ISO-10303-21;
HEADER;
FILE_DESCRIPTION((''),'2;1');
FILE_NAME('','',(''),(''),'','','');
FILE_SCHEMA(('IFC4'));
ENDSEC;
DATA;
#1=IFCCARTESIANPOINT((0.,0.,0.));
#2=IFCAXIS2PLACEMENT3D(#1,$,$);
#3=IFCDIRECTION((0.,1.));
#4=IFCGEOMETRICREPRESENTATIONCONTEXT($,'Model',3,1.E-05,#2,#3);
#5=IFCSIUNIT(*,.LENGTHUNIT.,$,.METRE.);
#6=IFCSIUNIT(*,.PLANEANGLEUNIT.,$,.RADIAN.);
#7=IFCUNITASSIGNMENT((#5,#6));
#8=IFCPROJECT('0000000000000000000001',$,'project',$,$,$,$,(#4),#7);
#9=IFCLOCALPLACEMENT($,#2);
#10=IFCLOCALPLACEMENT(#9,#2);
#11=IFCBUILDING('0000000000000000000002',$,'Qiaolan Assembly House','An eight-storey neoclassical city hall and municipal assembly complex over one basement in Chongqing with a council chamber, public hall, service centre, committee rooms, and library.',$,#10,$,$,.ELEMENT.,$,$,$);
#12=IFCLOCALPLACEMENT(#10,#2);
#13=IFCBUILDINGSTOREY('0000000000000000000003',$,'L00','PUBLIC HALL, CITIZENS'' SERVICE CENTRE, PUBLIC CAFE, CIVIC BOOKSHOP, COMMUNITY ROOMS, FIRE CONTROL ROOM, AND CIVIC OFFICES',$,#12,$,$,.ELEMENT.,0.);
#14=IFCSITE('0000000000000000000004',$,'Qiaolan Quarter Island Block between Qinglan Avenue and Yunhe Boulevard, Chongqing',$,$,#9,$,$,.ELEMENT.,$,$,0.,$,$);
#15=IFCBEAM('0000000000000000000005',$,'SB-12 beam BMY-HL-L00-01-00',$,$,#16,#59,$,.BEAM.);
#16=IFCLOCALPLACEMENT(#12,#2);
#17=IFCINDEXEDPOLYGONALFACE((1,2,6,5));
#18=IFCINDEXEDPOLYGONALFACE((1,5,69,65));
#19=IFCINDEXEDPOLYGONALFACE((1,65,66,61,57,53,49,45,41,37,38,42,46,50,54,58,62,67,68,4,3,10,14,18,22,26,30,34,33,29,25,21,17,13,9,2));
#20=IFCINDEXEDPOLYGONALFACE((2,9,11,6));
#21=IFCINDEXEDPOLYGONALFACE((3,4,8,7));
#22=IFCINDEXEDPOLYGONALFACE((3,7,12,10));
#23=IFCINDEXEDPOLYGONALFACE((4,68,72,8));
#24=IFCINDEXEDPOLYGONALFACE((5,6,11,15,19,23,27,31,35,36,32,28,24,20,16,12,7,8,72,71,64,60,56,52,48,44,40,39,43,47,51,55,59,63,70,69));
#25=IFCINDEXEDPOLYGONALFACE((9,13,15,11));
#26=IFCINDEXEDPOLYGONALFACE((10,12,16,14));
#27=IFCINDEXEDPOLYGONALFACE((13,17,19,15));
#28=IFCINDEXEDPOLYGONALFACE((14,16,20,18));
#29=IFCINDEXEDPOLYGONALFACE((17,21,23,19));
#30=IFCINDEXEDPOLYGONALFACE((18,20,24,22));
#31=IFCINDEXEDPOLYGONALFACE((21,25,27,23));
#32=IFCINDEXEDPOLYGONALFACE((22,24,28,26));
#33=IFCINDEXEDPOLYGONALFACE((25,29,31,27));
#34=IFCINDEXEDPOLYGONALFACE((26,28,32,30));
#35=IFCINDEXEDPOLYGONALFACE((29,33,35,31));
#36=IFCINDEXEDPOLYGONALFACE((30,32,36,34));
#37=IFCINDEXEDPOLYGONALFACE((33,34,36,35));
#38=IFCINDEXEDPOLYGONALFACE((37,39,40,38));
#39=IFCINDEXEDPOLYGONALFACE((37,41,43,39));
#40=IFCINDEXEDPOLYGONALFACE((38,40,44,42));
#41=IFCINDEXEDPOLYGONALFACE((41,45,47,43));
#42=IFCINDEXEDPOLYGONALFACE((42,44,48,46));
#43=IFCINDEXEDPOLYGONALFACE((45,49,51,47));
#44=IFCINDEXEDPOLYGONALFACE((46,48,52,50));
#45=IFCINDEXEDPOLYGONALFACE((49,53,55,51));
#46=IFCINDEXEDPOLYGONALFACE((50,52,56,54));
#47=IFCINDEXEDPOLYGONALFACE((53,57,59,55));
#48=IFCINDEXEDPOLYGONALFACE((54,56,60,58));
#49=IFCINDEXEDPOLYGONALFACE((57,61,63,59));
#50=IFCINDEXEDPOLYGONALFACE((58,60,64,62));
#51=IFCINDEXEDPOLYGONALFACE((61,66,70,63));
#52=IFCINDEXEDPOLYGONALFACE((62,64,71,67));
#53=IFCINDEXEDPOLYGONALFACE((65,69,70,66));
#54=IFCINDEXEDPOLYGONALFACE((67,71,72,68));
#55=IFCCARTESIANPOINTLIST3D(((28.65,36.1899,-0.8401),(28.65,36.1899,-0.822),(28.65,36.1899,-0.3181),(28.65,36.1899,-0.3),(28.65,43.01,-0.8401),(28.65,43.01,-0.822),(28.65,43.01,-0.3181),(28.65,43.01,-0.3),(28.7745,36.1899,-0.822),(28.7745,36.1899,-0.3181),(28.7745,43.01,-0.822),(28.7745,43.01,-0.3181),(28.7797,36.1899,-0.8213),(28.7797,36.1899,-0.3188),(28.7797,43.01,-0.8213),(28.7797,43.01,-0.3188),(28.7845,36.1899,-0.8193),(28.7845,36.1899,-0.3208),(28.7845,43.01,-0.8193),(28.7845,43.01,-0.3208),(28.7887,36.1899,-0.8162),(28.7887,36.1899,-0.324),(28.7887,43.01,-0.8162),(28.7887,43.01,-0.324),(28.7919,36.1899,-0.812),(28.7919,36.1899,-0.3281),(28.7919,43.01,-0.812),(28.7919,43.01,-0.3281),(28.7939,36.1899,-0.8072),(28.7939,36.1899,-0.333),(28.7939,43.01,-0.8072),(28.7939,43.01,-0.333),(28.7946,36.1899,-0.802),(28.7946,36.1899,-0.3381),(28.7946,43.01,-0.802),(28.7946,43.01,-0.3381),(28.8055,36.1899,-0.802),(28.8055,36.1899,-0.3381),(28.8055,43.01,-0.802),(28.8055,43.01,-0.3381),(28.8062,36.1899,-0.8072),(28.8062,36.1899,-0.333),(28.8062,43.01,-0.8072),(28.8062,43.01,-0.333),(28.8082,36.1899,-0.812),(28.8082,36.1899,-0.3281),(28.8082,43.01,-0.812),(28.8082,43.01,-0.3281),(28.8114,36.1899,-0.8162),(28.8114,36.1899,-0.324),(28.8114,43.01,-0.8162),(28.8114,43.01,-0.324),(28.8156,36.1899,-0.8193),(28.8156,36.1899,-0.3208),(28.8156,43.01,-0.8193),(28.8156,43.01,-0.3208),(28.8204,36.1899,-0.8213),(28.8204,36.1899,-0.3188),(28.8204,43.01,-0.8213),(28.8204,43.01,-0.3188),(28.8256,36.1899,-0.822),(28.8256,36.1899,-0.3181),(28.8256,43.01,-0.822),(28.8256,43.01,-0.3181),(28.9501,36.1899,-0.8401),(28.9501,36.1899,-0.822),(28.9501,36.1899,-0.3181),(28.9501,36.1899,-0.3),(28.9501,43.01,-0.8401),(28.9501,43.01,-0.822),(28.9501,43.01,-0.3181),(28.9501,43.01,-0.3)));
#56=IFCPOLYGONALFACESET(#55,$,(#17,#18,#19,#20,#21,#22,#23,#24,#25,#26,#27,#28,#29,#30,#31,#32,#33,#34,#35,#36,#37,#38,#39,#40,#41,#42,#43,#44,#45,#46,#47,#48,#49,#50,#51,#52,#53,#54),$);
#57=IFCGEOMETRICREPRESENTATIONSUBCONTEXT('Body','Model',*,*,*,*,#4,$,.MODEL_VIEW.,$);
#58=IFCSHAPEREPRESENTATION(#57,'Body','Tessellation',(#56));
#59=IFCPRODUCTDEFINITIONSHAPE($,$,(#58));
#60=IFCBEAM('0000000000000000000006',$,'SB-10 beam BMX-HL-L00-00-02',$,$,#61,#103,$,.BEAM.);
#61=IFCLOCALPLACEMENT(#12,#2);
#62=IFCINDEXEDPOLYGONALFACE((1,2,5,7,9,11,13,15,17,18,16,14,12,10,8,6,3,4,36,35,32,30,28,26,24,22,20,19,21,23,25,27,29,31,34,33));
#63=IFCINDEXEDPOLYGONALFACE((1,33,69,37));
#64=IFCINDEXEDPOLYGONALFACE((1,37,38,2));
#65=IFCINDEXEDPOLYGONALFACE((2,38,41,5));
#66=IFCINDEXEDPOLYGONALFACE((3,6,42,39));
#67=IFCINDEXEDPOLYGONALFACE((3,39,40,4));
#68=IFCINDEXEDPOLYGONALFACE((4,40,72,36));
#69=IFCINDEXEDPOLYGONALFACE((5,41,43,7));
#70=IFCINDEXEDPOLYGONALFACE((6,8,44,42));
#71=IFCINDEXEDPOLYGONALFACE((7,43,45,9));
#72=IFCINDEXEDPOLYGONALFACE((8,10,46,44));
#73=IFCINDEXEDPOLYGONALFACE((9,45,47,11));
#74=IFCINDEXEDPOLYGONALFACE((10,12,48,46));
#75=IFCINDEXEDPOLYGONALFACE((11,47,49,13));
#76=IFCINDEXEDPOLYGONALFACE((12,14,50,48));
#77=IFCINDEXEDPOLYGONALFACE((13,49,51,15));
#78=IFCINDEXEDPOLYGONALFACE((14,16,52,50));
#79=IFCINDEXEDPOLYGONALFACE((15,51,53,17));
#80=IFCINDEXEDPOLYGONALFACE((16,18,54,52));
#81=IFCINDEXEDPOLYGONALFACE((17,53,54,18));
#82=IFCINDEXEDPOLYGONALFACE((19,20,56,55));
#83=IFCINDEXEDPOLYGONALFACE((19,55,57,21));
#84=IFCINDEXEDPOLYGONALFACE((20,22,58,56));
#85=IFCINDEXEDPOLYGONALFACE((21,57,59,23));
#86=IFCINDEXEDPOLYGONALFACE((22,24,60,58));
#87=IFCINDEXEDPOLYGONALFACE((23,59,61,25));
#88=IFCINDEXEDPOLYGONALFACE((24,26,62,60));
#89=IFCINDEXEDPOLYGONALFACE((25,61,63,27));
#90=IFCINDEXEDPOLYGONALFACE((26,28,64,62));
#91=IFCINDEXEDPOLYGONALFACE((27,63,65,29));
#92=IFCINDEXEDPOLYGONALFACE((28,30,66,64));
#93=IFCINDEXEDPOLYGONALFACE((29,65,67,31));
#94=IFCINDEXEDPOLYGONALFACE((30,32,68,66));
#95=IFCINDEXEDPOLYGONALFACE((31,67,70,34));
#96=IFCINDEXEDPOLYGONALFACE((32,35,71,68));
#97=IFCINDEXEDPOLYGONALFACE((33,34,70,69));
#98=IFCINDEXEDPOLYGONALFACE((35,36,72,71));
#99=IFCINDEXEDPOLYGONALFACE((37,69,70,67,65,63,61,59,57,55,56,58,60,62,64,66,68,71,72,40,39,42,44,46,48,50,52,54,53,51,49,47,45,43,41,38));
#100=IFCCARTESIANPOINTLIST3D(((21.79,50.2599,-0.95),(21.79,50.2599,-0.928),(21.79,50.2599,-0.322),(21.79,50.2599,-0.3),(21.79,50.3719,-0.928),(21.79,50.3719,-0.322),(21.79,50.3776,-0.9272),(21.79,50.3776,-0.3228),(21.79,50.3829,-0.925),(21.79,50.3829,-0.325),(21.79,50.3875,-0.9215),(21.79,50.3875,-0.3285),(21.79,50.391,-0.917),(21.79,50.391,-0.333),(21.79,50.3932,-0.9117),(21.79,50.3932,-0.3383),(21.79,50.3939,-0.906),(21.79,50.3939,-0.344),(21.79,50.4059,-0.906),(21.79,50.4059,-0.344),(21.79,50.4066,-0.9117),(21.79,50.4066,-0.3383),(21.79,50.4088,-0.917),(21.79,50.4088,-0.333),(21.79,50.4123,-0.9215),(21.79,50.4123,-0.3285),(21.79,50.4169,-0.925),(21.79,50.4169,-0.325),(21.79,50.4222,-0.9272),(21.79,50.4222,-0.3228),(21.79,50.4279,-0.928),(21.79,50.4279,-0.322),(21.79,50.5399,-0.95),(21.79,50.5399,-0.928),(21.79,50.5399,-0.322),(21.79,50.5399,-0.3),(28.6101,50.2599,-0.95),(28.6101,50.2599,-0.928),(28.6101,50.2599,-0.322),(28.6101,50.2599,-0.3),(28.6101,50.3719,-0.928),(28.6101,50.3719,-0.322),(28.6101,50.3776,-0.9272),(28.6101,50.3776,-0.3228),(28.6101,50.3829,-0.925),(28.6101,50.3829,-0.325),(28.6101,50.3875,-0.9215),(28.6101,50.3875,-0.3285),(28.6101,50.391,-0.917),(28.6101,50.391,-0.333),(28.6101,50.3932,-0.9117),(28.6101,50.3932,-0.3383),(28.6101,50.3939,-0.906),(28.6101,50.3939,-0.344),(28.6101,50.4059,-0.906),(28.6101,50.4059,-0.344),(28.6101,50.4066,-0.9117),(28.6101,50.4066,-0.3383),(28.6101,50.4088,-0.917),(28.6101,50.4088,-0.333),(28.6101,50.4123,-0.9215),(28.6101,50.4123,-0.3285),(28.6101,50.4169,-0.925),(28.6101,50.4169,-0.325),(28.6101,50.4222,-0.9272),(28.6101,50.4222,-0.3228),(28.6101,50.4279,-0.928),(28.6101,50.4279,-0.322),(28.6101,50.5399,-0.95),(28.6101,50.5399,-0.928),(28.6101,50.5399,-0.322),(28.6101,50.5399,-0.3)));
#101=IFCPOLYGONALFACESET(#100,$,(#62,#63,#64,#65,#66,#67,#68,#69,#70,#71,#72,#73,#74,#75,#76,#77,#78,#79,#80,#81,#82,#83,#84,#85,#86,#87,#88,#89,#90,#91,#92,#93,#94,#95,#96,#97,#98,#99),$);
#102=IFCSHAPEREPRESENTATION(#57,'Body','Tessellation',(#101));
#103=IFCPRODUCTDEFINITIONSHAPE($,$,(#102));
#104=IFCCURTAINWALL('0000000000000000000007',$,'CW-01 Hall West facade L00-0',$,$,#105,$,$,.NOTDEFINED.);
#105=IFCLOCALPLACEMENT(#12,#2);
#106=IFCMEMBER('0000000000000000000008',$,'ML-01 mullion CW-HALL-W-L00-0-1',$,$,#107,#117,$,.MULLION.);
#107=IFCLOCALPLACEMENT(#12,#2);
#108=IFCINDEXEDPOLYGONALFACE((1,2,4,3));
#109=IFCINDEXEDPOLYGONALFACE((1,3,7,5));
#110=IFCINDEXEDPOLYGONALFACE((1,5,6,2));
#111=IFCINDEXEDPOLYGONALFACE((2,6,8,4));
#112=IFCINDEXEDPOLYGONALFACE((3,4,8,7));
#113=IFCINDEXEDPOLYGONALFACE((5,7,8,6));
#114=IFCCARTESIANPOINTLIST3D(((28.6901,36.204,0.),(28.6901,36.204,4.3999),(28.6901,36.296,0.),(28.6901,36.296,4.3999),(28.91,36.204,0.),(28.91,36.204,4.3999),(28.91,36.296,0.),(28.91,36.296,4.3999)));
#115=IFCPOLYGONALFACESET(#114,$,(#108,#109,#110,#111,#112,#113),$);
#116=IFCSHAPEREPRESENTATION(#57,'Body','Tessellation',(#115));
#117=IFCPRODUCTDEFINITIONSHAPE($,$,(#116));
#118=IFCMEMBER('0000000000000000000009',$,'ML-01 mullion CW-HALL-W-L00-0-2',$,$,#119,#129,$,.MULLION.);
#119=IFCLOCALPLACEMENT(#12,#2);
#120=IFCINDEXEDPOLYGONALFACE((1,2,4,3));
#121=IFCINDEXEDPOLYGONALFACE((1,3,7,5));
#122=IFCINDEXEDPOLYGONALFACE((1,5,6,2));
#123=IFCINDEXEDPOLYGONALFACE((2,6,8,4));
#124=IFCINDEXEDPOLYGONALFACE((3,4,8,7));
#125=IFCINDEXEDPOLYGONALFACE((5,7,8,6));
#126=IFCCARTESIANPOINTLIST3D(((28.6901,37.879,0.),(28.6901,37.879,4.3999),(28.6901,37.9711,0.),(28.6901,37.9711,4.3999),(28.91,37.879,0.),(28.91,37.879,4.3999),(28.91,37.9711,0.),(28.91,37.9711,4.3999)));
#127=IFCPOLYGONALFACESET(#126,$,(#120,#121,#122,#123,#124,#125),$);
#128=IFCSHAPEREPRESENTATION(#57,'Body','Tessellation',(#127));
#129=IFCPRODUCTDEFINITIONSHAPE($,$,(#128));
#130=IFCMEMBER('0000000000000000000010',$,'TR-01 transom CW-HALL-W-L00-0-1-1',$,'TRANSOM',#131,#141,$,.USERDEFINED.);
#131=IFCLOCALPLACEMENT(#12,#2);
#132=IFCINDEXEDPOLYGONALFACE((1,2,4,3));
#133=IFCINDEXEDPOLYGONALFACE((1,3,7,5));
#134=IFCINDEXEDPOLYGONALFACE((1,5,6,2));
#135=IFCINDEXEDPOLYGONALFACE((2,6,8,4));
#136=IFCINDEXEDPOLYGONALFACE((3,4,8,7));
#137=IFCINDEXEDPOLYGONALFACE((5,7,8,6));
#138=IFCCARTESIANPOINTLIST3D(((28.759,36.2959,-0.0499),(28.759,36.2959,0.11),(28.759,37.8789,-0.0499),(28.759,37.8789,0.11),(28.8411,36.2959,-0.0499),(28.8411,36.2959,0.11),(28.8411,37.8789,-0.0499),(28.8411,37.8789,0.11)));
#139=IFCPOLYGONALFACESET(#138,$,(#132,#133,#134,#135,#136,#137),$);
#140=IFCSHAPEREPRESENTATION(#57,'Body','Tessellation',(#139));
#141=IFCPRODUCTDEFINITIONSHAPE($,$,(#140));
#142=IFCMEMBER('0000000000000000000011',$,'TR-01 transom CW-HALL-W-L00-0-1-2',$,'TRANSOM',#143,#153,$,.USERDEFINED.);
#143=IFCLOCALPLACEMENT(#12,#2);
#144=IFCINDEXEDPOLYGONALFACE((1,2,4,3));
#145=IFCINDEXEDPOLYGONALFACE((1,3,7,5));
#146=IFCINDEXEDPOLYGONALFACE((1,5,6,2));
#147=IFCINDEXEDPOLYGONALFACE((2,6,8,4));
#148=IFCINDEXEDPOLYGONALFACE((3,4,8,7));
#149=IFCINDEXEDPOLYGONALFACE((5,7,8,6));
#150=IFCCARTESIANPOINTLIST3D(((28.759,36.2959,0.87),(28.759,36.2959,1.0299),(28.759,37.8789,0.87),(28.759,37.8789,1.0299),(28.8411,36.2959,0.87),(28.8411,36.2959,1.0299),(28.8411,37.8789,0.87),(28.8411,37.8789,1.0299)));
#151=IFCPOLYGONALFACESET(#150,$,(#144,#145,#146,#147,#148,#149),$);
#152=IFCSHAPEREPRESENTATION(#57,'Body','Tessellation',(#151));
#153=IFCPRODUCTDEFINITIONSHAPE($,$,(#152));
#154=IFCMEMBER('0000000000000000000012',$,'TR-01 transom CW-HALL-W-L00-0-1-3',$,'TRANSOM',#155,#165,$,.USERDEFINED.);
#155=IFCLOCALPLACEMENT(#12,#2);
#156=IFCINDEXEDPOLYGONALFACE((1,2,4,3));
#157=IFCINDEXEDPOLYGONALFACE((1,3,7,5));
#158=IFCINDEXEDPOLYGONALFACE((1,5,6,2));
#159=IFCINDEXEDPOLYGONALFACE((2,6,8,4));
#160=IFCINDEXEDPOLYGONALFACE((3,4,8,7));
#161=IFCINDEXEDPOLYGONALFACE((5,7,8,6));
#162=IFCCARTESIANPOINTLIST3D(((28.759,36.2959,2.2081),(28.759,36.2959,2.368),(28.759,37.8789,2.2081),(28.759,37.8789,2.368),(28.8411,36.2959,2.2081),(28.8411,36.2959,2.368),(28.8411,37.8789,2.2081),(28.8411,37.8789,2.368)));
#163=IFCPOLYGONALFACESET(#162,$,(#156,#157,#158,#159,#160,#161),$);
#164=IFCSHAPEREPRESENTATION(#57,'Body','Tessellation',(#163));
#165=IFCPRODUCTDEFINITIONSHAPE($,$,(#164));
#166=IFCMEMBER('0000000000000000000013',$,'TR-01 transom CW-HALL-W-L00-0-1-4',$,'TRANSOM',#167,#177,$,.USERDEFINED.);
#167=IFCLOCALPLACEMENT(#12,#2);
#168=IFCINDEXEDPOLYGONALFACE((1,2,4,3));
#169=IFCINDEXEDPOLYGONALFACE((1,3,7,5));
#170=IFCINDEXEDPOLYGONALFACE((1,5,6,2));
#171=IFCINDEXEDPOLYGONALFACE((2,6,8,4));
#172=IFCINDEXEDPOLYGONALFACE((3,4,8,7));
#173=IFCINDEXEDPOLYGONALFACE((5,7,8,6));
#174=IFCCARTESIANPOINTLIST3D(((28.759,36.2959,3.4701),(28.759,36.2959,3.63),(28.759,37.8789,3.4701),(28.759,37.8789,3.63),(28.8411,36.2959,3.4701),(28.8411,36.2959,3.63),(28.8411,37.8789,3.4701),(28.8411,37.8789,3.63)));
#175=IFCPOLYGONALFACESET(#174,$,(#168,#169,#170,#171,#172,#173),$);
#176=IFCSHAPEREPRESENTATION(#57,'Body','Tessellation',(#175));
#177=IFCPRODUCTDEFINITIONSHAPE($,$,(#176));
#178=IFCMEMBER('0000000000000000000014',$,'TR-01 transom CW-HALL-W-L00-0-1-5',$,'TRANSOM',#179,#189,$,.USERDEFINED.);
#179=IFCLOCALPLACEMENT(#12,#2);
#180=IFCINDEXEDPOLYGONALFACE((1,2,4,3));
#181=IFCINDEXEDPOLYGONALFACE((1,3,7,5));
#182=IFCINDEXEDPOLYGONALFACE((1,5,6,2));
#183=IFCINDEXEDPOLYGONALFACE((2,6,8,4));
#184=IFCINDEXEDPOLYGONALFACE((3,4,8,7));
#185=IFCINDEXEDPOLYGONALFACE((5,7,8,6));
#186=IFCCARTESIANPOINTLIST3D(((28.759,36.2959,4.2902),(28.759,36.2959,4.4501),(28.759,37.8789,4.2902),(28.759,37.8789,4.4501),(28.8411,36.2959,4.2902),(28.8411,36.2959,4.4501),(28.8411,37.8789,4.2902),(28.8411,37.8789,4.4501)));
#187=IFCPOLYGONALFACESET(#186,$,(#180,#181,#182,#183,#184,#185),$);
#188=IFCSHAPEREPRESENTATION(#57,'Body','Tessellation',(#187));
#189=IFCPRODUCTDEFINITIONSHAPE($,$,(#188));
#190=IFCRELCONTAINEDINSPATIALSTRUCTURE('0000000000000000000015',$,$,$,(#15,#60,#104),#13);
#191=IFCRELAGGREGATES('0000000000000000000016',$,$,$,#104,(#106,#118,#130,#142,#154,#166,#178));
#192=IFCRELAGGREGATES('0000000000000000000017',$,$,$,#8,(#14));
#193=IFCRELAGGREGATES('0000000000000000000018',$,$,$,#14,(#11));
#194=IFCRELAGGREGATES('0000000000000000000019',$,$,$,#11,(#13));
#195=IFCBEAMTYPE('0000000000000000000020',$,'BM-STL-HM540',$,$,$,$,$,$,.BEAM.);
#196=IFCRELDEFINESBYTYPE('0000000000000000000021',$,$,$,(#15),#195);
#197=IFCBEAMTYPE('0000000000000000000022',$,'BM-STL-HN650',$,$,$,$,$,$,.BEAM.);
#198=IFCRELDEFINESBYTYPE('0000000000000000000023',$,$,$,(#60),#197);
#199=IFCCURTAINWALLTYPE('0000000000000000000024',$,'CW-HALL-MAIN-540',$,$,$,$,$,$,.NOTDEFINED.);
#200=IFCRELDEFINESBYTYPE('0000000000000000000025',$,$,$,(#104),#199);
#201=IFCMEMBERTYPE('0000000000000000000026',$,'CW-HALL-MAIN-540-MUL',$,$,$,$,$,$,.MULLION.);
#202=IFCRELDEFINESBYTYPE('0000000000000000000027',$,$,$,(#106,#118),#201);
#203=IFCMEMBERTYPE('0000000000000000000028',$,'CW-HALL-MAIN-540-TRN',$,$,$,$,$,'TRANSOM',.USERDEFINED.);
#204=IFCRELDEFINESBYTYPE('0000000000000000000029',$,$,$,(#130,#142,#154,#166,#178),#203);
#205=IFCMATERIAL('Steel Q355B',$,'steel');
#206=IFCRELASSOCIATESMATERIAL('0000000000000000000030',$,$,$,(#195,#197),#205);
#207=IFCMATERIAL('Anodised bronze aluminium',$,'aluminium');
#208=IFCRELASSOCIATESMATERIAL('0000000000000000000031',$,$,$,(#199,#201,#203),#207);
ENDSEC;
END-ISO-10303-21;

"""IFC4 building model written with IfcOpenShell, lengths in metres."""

from ifc_helpers import new_model, si_unit, direction, frame, origin, origin_2d, place, context, subcontext, project, spatial, rectangle, i_section, extrude, material, material_profile, profile_set, type_object, element, aggregate, save


model = new_model("IFC4")

# Units and contexts
model_context = context("Model", 3, precision=1e-05, world=origin(), true_north=direction((0.0, 1.0)))
body_context = subcontext(model_context, "Body", "Model", "MODEL_VIEW")
ifc_project = project(units=[si_unit("LENGTHUNIT", "METRE"), si_unit("PLANEANGLEUNIT", "RADIAN")], contexts=[model_context])

# Site, building, storey
site_placement = place(None, origin())
site = spatial("IfcSite", under=ifc_project, at=site_placement, Name="Qiaolan Quarter Island Block between Qinglan Avenue and Yunhe Boulevard, Chongqing", CompositionType="ELEMENT", RefElevation=0.0)
building_placement = place(site_placement, origin())
building = spatial("IfcBuilding", under=site, at=building_placement, Name="Qiaolan Assembly House", Description="An eight-storey neoclassical city hall and municipal assembly complex over one basement in Chongqing with a council chamber, public hall, service centre, committee rooms, and library.", CompositionType="ELEMENT")
storey_placement = place(building_placement, origin())
storey = spatial("IfcBuildingStorey", under=building, at=storey_placement, Name="L00", Description="PUBLIC HALL, CITIZENS' SERVICE CENTRE, PUBLIC CAFE, CIVIC BOOKSHOP, COMMUNITY ROOMS, FIRE CONTROL ROOM, AND CIVIC OFFICES", CompositionType="ELEMENT", Elevation=0.0)

# Beams
ifc_material_1 = material(Name="Steel Q355B", Category="steel")
ifc_material_profile_1 = material_profile(ifc_material_1, i_section(OverallWidth=0.3, OverallDepth=0.54, WebThickness=0.011, FlangeThickness=0.0181, FilletRadius=0.02, at=origin_2d()), Name="HM 540x300x11x18")
ifc_profile_set_1 = profile_set([ifc_material_profile_1], Name="Steel Q355B")
beam_type_1 = type_object("IfcBeamType", Name="BM-STL-HM540", PredefinedType="BEAM", material=ifc_profile_set_1)
beam_1_placement = place(storey_placement, frame((28.8, 36.1899, -0.5701), z_axis=(0.0, 1.0, 0.0), x_axis=(-1.0, 0.0, 0.0)))
element("IfcBeam", 1, at=beam_1_placement, inside=storey, type_object=beam_type_1, Name="SB-12 beam BMY-HL-L00-01-00", PredefinedType="BEAM", context=body_context, shape_type="SweptSolid", body=[
    extrude(i_section(OverallWidth=0.3, OverallDepth=0.54, WebThickness=0.011, FlangeThickness=0.0181, FilletRadius=0.02, at=origin_2d()), origin(), (0.0, 0.0, 1.0), 6.8201),
])
ifc_material_profile_2 = material_profile(ifc_material_1, i_section(OverallWidth=0.28, OverallDepth=0.6499, WebThickness=0.012, FlangeThickness=0.022, FilletRadius=0.022, at=origin_2d()), Name="HN 650x280x12x22")
ifc_profile_set_2 = profile_set([ifc_material_profile_2], Name="Steel Q355B")
beam_type_2 = type_object("IfcBeamType", Name="BM-STL-HN650", PredefinedType="BEAM", material=ifc_profile_set_2)
beam_2_placement = place(storey_placement, frame((21.79, 50.3999, -0.625), z_axis=(1.0, 0.0, 0.0), x_axis=(0.0, 1.0, 0.0)))
element("IfcBeam", 2, at=beam_2_placement, inside=storey, type_object=beam_type_2, Name="SB-10 beam BMX-HL-L00-00-02", PredefinedType="BEAM", context=body_context, shape_type="SweptSolid", body=[
    extrude(i_section(OverallWidth=0.28, OverallDepth=0.6499, WebThickness=0.012, FlangeThickness=0.022, FilletRadius=0.022, at=origin_2d()), origin(), (0.0, 0.0, 1.0), 6.8201),
])

# Curtain wall, members
ifc_material_2 = material(Name="Anodised bronze aluminium", Category="aluminium")
curtain_wall_type = type_object("IfcCurtainWallType", Name="CW-HALL-MAIN-540", PredefinedType="NOTDEFINED", material=ifc_material_2)
curtain_wall_placement = place(storey_placement, origin())
curtain_wall = element("IfcCurtainWall", 3, at=curtain_wall_placement, inside=storey, type_object=curtain_wall_type, Name="CW-01 Hall West facade L00-0", PredefinedType="NOTDEFINED")
ifc_material_profile_3 = material_profile(ifc_material_2, rectangle(XDim=0.092, YDim=0.22, at=origin_2d()), Name="MUL 92x220")
ifc_profile_set_3 = profile_set([ifc_material_profile_3], Name="Anodised bronze aluminium")
member_type_1 = type_object("IfcMemberType", Name="CW-HALL-MAIN-540-MUL", PredefinedType="MULLION", material=ifc_profile_set_3)
member_1_placement = place(storey_placement, frame((28.8, 36.25, 0.0), z_axis=(0.0, 0.0, 1.0), x_axis=(0.0, 1.0, 0.0)))
member_1 = element("IfcMember", 4, at=member_1_placement, type_object=member_type_1, Name="ML-01 mullion CW-HALL-W-L00-0-1", PredefinedType="MULLION", context=body_context, shape_type="SweptSolid", body=[
    extrude(rectangle(XDim=0.092, YDim=0.22, at=origin_2d()), origin(), (0.0, 0.0, 1.0), 4.3999),
])
member_2_placement = place(storey_placement, frame((28.8, 37.925, 0.0), z_axis=(0.0, 0.0, 1.0), x_axis=(0.0, 1.0, 0.0)))
member_2 = element("IfcMember", 5, at=member_2_placement, type_object=member_type_1, Name="ML-01 mullion CW-HALL-W-L00-0-2", PredefinedType="MULLION", context=body_context, shape_type="SweptSolid", body=[
    extrude(rectangle(XDim=0.092, YDim=0.22, at=origin_2d()), origin(), (0.0, 0.0, 1.0), 4.3999),
])
ifc_material_profile_4 = material_profile(ifc_material_2, rectangle(XDim=0.082, YDim=0.1599, at=origin_2d()), Name="TRN 82x160")
ifc_profile_set_4 = profile_set([ifc_material_profile_4], Name="Anodised bronze aluminium")
member_type_2 = type_object("IfcMemberType", Name="CW-HALL-MAIN-540-TRN", ElementType="TRANSOM", PredefinedType="USERDEFINED", material=ifc_profile_set_4)
member_3_placement = place(storey_placement, frame((28.8, 36.2959, 0.03), z_axis=(0.0, 1.0, 0.0), x_axis=(-1.0, 0.0, 0.0)))
member_3 = element("IfcMember", 6, at=member_3_placement, type_object=member_type_2, Name="TR-01 transom CW-HALL-W-L00-0-1-1", ObjectType="TRANSOM", PredefinedType="USERDEFINED", context=body_context, shape_type="SweptSolid", body=[
    extrude(rectangle(XDim=0.082, YDim=0.1599, at=origin_2d()), origin(), (0.0, 0.0, 1.0), 1.583),
])
member_4_placement = place(storey_placement, frame((28.8, 36.2959, 0.95), z_axis=(0.0, 1.0, 0.0), x_axis=(-1.0, 0.0, 0.0)))
member_4 = element("IfcMember", 7, at=member_4_placement, type_object=member_type_2, Name="TR-01 transom CW-HALL-W-L00-0-1-2", ObjectType="TRANSOM", PredefinedType="USERDEFINED", context=body_context, shape_type="SweptSolid", body=[
    extrude(rectangle(XDim=0.082, YDim=0.1599, at=origin_2d()), origin(), (0.0, 0.0, 1.0), 1.583),
])
member_5_placement = place(storey_placement, frame((28.8, 36.2959, 2.2881), z_axis=(0.0, 1.0, 0.0), x_axis=(-1.0, 0.0, 0.0)))
member_5 = element("IfcMember", 8, at=member_5_placement, type_object=member_type_2, Name="TR-01 transom CW-HALL-W-L00-0-1-3", ObjectType="TRANSOM", PredefinedType="USERDEFINED", context=body_context, shape_type="SweptSolid", body=[
    extrude(rectangle(XDim=0.082, YDim=0.1599, at=origin_2d()), origin(), (0.0, 0.0, 1.0), 1.583),
])
member_6_placement = place(storey_placement, frame((28.8, 36.2959, 3.55), z_axis=(0.0, 1.0, 0.0), x_axis=(-1.0, 0.0, 0.0)))
member_6 = element("IfcMember", 9, at=member_6_placement, type_object=member_type_2, Name="TR-01 transom CW-HALL-W-L00-0-1-4", ObjectType="TRANSOM", PredefinedType="USERDEFINED", context=body_context, shape_type="SweptSolid", body=[
    extrude(rectangle(XDim=0.082, YDim=0.1599, at=origin_2d()), origin(), (0.0, 0.0, 1.0), 1.583),
])
member_7_placement = place(storey_placement, frame((28.8, 36.2959, 4.3701), z_axis=(0.0, 1.0, 0.0), x_axis=(-1.0, 0.0, 0.0)))
member_7 = element("IfcMember", 10, at=member_7_placement, type_object=member_type_2, Name="TR-01 transom CW-HALL-W-L00-0-1-5", ObjectType="TRANSOM", PredefinedType="USERDEFINED", context=body_context, shape_type="SweptSolid", body=[
    extrude(rectangle(XDim=0.082, YDim=0.1599, at=origin_2d()), origin(), (0.0, 0.0, 1.0), 1.583),
])

aggregate(curtain_wall, [member_1, member_2, member_3, member_4, member_5, member_6, member_7])

save(model, "model.ifc")
